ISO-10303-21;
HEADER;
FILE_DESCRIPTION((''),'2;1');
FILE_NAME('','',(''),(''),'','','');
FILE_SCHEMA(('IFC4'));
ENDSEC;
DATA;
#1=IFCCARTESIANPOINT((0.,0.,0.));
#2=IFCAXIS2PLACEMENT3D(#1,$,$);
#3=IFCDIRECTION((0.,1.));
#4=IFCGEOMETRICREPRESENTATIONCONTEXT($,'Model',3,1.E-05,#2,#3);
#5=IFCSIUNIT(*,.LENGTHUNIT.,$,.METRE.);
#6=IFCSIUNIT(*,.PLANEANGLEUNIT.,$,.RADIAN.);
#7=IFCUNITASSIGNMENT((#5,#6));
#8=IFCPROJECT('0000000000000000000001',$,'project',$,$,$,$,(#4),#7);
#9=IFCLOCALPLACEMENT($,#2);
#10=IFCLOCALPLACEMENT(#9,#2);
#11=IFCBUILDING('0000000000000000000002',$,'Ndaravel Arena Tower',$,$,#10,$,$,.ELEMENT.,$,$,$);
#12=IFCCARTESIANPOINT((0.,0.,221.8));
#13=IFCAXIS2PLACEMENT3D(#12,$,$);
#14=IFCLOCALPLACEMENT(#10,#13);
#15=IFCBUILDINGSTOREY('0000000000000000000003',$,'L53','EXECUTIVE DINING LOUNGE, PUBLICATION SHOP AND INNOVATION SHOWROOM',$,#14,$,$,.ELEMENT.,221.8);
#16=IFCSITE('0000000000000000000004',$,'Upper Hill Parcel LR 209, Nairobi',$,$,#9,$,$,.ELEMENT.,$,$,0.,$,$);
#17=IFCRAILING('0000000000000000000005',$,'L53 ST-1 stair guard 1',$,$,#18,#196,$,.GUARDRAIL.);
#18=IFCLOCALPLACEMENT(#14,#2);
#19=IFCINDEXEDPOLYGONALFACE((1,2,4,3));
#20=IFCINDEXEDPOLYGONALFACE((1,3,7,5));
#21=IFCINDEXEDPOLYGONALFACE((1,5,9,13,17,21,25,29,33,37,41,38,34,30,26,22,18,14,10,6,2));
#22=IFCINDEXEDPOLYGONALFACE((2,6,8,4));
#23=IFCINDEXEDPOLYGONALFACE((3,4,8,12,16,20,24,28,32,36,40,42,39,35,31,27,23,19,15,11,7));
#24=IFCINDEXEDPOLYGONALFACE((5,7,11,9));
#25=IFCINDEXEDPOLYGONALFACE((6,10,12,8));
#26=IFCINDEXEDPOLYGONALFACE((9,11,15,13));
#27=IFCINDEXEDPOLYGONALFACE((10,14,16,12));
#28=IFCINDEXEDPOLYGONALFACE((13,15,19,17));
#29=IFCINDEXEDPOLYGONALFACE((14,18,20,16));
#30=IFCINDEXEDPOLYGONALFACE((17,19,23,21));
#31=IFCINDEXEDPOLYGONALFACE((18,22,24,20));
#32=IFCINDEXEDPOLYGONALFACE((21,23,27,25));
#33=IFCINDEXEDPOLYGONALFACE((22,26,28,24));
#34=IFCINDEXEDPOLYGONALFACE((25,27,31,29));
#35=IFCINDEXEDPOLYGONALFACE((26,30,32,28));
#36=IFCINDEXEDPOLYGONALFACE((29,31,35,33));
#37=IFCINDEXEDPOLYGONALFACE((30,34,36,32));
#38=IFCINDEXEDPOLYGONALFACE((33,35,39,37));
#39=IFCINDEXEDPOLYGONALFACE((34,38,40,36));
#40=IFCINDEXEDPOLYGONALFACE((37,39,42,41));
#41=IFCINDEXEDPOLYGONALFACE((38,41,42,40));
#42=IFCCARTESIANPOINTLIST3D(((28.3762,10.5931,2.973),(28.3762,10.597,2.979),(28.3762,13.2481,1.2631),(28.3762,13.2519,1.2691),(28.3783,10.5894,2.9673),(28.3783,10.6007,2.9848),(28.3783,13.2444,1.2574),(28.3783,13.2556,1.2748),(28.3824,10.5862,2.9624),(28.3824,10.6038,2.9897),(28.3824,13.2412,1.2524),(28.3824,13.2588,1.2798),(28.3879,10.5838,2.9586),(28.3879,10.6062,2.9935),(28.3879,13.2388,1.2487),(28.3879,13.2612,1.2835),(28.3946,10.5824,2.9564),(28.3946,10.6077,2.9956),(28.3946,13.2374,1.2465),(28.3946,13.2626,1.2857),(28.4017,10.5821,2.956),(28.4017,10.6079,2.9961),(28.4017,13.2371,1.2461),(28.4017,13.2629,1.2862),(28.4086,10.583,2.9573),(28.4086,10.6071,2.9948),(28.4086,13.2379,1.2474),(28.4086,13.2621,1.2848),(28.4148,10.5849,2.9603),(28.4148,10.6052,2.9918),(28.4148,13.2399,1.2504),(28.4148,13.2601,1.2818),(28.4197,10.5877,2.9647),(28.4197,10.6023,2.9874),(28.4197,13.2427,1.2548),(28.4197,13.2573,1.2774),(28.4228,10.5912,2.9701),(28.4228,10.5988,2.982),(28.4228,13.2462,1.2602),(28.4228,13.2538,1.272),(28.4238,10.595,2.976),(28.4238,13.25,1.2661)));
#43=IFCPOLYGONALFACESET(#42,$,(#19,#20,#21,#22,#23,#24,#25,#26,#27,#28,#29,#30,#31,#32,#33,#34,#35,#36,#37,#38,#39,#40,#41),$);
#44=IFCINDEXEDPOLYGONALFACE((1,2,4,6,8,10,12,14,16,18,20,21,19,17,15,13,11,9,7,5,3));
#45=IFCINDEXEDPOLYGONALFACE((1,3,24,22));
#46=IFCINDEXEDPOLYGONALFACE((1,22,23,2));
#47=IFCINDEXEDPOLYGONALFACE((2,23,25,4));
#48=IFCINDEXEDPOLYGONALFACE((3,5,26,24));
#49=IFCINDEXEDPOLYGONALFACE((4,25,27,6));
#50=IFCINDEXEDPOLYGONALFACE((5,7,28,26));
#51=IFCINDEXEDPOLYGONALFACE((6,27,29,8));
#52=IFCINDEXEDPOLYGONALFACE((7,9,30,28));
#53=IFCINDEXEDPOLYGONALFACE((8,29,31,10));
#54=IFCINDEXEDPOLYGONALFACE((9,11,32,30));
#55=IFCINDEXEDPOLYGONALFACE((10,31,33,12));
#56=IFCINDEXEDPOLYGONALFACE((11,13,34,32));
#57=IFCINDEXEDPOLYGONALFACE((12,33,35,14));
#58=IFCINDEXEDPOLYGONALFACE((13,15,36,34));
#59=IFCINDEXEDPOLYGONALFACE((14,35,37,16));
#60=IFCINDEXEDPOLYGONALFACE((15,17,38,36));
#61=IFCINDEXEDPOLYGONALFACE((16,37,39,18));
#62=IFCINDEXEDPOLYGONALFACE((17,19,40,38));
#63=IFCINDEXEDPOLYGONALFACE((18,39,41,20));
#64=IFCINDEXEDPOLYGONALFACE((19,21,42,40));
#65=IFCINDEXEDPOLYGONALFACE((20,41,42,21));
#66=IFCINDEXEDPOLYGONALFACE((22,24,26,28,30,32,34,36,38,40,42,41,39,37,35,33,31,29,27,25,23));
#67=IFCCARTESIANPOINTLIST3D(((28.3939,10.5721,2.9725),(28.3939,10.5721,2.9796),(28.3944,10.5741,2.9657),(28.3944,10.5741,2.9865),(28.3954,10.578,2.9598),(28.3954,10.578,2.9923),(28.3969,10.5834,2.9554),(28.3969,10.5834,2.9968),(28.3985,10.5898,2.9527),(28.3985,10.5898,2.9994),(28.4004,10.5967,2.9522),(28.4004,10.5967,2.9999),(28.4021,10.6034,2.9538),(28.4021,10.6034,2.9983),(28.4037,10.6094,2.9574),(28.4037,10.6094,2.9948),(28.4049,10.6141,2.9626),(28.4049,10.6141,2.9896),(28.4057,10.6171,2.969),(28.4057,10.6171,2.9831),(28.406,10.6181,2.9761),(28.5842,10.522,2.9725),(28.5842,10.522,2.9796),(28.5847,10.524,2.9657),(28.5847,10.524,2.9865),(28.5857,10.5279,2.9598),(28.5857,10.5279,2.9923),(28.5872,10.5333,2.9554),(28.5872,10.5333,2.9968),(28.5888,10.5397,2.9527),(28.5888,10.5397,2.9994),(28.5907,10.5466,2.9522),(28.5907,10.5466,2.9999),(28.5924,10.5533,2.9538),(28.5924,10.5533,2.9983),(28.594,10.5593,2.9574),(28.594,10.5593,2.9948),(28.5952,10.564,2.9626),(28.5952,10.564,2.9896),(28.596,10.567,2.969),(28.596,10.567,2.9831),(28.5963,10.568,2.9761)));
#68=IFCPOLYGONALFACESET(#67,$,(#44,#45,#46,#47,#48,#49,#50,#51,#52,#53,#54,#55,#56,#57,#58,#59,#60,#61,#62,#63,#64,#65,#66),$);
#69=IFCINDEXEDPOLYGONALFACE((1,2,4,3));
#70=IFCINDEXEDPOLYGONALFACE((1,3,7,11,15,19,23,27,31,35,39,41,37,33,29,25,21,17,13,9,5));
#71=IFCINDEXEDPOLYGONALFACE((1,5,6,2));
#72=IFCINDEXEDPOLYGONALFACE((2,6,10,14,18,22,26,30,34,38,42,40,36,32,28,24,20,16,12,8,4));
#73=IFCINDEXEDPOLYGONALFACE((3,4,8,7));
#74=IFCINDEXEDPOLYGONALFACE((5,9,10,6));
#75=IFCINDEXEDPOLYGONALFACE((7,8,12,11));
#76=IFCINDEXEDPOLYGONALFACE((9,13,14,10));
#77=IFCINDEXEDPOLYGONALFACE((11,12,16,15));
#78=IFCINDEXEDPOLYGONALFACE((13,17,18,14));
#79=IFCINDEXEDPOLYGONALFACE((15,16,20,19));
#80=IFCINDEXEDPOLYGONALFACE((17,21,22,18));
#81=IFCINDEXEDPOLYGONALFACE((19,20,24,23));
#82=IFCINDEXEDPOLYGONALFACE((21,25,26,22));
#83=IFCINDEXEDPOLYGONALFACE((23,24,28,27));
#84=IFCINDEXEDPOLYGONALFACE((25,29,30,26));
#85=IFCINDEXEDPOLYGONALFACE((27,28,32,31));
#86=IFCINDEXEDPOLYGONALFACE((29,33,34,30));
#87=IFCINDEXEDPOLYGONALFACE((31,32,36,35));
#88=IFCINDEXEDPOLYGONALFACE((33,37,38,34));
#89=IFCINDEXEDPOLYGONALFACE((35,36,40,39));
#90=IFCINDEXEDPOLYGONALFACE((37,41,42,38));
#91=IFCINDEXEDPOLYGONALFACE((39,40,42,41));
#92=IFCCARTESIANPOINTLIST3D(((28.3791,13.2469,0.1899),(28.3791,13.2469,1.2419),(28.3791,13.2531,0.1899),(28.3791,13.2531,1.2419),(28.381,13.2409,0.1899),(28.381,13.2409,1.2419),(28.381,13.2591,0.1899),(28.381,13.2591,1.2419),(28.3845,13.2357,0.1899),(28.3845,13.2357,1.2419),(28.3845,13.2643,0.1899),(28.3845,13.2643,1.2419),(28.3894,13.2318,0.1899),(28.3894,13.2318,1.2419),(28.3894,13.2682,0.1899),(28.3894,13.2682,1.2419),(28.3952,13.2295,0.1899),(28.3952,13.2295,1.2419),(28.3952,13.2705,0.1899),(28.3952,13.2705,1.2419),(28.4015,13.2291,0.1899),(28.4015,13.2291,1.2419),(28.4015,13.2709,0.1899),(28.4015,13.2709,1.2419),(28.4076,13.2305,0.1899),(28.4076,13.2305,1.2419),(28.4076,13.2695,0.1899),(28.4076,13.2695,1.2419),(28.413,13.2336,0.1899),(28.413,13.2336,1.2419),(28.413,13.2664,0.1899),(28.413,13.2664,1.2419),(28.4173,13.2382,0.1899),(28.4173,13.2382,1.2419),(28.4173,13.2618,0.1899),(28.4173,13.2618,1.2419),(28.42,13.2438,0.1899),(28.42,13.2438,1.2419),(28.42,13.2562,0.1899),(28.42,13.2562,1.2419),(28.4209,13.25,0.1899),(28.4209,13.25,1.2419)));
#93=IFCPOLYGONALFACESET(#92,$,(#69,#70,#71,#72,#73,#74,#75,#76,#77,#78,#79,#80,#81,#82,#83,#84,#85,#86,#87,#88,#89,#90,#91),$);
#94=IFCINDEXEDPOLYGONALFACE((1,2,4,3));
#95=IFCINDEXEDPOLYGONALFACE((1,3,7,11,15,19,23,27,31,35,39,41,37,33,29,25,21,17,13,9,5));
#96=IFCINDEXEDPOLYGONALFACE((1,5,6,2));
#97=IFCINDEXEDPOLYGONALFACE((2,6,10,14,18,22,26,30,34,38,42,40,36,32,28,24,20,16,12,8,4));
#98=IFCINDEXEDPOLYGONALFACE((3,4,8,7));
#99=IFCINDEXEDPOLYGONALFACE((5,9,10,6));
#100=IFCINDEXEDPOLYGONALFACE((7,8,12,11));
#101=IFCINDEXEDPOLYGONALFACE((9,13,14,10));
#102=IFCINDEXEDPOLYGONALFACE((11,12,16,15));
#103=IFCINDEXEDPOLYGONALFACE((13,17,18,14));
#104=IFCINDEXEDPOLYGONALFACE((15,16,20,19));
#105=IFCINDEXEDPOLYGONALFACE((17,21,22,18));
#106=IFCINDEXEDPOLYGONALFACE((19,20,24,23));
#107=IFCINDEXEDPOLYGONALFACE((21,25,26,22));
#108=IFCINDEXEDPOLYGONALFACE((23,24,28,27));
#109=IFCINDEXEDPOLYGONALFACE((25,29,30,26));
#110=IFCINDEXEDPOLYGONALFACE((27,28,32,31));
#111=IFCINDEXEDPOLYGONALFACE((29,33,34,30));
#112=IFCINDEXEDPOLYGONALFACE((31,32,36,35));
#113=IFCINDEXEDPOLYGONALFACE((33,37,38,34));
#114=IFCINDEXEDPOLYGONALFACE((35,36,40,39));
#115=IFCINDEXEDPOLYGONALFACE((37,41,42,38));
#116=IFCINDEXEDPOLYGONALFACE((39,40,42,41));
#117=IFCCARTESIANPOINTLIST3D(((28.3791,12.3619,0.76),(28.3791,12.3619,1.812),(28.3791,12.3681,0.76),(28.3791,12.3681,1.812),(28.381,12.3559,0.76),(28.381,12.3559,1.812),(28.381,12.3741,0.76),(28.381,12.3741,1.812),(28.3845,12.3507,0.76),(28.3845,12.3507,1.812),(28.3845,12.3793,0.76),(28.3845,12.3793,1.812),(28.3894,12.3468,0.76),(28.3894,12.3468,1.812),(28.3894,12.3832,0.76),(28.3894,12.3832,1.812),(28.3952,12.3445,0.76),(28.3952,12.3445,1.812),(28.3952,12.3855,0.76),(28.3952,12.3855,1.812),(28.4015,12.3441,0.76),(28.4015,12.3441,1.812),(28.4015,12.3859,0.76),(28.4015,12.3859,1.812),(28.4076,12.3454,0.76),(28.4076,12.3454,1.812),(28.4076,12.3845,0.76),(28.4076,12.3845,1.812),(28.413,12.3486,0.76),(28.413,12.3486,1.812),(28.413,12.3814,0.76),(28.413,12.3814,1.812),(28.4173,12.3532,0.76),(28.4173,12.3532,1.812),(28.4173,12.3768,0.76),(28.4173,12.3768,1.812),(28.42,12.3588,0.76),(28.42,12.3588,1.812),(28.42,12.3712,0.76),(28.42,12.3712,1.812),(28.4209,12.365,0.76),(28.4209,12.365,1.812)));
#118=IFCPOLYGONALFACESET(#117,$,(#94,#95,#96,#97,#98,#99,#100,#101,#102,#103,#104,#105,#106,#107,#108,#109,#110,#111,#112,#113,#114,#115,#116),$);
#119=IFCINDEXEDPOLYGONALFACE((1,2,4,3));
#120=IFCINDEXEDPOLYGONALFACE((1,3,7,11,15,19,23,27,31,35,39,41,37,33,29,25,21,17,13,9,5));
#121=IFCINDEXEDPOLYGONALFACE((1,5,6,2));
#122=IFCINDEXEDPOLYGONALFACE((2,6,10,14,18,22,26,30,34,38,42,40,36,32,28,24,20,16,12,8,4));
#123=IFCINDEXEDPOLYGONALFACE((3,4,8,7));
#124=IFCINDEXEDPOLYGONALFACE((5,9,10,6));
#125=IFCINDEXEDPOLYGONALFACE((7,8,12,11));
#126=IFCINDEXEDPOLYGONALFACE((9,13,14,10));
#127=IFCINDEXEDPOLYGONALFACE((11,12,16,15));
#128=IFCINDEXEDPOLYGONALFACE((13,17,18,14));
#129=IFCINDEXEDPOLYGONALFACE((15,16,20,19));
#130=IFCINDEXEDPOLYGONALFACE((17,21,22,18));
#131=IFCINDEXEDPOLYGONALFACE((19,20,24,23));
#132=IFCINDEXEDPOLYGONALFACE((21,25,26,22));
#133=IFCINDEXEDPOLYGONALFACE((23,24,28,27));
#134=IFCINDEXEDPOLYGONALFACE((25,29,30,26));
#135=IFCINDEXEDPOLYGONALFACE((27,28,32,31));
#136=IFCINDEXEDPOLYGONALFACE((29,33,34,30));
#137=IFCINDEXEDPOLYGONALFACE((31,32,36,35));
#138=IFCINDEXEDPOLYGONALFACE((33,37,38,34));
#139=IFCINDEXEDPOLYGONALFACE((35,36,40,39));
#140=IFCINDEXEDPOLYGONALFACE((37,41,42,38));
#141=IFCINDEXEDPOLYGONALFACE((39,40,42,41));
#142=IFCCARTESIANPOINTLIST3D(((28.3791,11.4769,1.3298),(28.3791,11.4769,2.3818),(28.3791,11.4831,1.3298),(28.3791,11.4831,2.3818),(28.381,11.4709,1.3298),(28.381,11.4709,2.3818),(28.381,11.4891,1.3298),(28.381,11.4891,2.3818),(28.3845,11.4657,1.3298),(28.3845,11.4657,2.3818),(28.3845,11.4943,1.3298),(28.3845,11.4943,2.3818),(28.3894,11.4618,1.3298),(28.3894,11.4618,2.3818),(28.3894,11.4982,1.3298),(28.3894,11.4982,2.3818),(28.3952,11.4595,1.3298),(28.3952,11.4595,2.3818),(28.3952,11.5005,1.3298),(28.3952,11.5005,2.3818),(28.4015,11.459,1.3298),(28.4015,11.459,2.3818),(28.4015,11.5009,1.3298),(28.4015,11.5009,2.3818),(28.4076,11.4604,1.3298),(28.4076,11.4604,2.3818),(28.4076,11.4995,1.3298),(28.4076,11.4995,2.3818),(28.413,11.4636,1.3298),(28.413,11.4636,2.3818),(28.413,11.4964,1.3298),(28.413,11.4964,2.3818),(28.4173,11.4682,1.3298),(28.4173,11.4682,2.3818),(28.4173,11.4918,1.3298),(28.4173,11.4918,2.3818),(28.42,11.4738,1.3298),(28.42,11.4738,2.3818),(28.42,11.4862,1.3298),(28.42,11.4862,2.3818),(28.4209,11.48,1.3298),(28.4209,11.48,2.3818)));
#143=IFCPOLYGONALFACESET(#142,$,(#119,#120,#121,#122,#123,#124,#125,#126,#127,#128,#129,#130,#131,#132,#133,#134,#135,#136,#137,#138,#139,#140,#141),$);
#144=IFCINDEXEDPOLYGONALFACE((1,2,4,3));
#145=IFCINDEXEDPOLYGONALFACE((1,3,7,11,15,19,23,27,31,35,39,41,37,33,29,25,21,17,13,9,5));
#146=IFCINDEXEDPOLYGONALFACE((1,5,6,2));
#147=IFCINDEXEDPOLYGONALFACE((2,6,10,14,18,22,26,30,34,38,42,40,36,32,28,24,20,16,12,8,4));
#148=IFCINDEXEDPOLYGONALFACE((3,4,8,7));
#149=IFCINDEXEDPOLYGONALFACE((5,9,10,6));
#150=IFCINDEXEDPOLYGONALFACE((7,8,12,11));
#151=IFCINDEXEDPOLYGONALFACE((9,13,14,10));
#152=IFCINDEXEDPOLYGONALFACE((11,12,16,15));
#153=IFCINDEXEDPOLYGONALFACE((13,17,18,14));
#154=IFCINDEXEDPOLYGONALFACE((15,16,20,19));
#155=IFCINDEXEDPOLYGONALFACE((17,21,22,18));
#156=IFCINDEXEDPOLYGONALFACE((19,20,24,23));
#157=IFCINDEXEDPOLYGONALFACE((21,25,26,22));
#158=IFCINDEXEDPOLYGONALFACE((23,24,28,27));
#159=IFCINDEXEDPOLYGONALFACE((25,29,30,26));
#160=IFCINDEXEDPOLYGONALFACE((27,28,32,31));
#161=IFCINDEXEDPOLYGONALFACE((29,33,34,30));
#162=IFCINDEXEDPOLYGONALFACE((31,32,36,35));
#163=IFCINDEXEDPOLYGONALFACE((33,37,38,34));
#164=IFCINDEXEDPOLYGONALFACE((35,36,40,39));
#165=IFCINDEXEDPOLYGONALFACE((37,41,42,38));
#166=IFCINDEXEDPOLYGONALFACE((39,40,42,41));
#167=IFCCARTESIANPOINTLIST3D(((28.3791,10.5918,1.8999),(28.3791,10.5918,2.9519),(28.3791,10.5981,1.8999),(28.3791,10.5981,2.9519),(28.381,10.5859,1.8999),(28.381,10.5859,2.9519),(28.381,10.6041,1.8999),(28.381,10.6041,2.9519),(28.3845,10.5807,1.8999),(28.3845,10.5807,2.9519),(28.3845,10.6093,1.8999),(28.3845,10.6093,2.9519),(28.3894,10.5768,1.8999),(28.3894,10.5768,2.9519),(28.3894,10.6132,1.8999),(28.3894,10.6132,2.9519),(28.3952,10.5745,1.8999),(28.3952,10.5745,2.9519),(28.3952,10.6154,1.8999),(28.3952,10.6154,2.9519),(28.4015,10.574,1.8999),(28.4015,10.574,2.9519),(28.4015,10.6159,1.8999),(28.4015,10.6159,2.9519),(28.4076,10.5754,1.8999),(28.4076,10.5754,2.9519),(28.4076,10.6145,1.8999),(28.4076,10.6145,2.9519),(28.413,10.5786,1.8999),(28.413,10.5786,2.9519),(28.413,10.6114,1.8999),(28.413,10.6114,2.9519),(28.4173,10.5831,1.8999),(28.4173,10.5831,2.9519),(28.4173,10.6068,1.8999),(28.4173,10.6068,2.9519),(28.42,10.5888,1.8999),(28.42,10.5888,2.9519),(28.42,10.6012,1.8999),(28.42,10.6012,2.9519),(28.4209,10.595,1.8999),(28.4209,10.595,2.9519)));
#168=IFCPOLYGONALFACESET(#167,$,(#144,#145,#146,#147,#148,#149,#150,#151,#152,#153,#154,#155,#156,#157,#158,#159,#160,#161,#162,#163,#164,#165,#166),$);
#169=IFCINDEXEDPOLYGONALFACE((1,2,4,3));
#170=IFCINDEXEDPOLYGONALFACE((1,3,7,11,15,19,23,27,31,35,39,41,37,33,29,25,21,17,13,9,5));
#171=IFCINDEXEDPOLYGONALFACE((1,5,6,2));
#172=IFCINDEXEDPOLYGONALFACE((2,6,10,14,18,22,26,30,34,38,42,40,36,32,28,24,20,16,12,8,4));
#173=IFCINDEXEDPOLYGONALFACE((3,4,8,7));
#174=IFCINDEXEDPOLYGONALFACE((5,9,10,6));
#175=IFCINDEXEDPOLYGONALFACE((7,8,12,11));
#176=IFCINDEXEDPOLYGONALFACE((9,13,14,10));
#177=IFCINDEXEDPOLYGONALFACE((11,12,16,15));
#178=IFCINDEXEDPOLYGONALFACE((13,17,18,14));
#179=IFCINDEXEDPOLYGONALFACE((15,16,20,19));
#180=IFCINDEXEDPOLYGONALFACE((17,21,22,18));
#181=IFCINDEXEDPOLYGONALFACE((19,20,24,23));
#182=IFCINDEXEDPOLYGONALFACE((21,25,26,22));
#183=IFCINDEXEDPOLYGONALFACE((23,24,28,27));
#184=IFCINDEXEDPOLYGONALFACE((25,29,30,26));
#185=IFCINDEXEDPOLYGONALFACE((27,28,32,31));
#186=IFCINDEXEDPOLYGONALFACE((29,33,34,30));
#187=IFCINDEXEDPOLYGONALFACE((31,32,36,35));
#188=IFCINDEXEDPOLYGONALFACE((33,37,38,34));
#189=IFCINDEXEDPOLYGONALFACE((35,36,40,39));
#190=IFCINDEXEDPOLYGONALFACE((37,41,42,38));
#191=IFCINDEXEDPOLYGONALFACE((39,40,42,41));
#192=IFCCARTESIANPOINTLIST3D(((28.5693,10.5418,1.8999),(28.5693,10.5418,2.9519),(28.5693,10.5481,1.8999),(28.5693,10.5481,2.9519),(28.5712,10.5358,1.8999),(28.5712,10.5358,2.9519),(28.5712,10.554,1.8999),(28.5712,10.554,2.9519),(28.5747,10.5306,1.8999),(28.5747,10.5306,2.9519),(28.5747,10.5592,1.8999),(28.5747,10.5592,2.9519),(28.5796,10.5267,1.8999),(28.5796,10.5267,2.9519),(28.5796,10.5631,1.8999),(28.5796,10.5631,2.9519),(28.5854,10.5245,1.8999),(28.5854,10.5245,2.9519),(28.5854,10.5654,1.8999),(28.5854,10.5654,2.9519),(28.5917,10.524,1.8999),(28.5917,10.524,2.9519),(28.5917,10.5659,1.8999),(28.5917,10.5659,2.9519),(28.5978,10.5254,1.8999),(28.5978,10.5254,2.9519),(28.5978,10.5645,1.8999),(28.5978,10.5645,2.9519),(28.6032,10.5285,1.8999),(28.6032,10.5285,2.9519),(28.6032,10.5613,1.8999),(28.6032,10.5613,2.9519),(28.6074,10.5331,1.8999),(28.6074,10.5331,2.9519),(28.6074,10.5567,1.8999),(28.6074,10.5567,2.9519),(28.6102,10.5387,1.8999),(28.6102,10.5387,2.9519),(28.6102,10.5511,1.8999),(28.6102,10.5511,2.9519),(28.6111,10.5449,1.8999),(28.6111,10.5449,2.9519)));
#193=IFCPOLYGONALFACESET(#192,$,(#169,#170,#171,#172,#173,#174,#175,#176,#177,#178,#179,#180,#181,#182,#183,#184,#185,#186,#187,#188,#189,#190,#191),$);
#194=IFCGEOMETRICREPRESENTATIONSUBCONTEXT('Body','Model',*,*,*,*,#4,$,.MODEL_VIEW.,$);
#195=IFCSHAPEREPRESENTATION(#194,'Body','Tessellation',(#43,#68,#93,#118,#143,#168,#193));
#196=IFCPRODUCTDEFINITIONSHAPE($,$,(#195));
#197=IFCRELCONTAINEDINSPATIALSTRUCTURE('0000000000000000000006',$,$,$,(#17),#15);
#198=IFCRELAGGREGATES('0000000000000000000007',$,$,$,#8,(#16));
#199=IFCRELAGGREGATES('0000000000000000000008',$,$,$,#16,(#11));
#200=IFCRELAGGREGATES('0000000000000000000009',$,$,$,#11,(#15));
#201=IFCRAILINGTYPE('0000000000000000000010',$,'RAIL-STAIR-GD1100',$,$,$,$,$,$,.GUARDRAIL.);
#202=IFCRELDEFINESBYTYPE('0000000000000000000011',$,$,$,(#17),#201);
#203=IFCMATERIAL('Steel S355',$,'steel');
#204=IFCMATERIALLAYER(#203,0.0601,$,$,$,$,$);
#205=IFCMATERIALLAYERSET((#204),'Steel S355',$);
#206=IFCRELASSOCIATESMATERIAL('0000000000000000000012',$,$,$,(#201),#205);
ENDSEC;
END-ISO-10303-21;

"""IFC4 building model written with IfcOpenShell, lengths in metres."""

from ifc_helpers import new_model, si_unit, direction, frame, origin, origin_2d, place, context, subcontext, project, spatial, circle, extrude, material, layer, layer_set, type_object, element, save


model = new_model("IFC4")

# Units and contexts
model_context = context("Model", 3, precision=1e-05, world=origin(), true_north=direction((0.0, 1.0)))
body_context = subcontext(model_context, "Body", "Model", "MODEL_VIEW")
ifc_project = project(units=[si_unit("LENGTHUNIT", "METRE"), si_unit("PLANEANGLEUNIT", "RADIAN")], contexts=[model_context])

# Site, building, storey
site_placement = place(None, origin())
site = spatial("IfcSite", under=ifc_project, at=site_placement, Name="Upper Hill Parcel LR 209, Nairobi", CompositionType="ELEMENT", RefElevation=0.0)
building_placement = place(site_placement, origin())
building = spatial("IfcBuilding", under=site, at=building_placement, Name="Ndaravel Arena Tower", CompositionType="ELEMENT")
storey_placement = place(building_placement, frame((0.0, 0.0, 221.8)))
storey = spatial("IfcBuildingStorey", under=building, at=storey_placement, Name="L53", Description="EXECUTIVE DINING LOUNGE, PUBLICATION SHOP AND INNOVATION SHOWROOM", CompositionType="ELEMENT", Elevation=221.8)

# Railing
ifc_material_1 = material(Name="Steel S355", Category="steel")
ifc_layer_1 = layer(ifc_material_1, 0.0601)
ifc_layer_set_1 = layer_set([ifc_layer_1], Name="Steel S355")
railing_type_1 = type_object("IfcRailingType", Name="RAIL-STAIR-GD1100", PredefinedType="GUARDRAIL", material=ifc_layer_set_1)
railing_1_placement = place(storey_placement, frame((28.3999, 13.25, 0.1899)))
element("IfcRailing", 1, at=railing_1_placement, inside=storey, type_object=railing_type_1, Name="L53 ST-1 stair guard 1", PredefinedType="GUARDRAIL", context=body_context, shape_type="SweptSolid", body=[
    extrude(circle(Radius=0.0239, at=origin_2d()), frame((0.0, 0.0, 1.0762), z_axis=(0.0, -0.840724, 0.541465), x_axis=(1.0, 0.0, 0.0)), (0.0, 0.0, 1.0), 3.158),
    extrude(circle(Radius=0.0239, at=origin_2d()), frame((0.0, -2.655, 2.7861), z_axis=(0.967075, -0.254493, 0.0), x_axis=(0.254493, 0.967075, 0.0)), (0.0, 0.0, 1.0), 0.1968),
    extrude(circle(Radius=0.021, at=origin_2d()), origin(), (0.0, 0.0, 1.0), 1.052),
    extrude(circle(Radius=0.021, at=origin_2d()), frame((0.0, -0.885, 0.5701)), (0.0, 0.0, 1.0), 1.052),
    extrude(circle(Radius=0.021, at=origin_2d()), frame((0.0, -1.77, 1.1399)), (0.0, 0.0, 1.0), 1.052),
    extrude(circle(Radius=0.021, at=origin_2d()), frame((0.0, -2.655, 1.71)), (0.0, 0.0, 1.0), 1.052),
    extrude(circle(Radius=0.021, at=origin_2d()), frame((0.1902, -2.7051, 1.71)), (0.0, 0.0, 1.0), 1.052),
])

save(model, "model.ifc")
